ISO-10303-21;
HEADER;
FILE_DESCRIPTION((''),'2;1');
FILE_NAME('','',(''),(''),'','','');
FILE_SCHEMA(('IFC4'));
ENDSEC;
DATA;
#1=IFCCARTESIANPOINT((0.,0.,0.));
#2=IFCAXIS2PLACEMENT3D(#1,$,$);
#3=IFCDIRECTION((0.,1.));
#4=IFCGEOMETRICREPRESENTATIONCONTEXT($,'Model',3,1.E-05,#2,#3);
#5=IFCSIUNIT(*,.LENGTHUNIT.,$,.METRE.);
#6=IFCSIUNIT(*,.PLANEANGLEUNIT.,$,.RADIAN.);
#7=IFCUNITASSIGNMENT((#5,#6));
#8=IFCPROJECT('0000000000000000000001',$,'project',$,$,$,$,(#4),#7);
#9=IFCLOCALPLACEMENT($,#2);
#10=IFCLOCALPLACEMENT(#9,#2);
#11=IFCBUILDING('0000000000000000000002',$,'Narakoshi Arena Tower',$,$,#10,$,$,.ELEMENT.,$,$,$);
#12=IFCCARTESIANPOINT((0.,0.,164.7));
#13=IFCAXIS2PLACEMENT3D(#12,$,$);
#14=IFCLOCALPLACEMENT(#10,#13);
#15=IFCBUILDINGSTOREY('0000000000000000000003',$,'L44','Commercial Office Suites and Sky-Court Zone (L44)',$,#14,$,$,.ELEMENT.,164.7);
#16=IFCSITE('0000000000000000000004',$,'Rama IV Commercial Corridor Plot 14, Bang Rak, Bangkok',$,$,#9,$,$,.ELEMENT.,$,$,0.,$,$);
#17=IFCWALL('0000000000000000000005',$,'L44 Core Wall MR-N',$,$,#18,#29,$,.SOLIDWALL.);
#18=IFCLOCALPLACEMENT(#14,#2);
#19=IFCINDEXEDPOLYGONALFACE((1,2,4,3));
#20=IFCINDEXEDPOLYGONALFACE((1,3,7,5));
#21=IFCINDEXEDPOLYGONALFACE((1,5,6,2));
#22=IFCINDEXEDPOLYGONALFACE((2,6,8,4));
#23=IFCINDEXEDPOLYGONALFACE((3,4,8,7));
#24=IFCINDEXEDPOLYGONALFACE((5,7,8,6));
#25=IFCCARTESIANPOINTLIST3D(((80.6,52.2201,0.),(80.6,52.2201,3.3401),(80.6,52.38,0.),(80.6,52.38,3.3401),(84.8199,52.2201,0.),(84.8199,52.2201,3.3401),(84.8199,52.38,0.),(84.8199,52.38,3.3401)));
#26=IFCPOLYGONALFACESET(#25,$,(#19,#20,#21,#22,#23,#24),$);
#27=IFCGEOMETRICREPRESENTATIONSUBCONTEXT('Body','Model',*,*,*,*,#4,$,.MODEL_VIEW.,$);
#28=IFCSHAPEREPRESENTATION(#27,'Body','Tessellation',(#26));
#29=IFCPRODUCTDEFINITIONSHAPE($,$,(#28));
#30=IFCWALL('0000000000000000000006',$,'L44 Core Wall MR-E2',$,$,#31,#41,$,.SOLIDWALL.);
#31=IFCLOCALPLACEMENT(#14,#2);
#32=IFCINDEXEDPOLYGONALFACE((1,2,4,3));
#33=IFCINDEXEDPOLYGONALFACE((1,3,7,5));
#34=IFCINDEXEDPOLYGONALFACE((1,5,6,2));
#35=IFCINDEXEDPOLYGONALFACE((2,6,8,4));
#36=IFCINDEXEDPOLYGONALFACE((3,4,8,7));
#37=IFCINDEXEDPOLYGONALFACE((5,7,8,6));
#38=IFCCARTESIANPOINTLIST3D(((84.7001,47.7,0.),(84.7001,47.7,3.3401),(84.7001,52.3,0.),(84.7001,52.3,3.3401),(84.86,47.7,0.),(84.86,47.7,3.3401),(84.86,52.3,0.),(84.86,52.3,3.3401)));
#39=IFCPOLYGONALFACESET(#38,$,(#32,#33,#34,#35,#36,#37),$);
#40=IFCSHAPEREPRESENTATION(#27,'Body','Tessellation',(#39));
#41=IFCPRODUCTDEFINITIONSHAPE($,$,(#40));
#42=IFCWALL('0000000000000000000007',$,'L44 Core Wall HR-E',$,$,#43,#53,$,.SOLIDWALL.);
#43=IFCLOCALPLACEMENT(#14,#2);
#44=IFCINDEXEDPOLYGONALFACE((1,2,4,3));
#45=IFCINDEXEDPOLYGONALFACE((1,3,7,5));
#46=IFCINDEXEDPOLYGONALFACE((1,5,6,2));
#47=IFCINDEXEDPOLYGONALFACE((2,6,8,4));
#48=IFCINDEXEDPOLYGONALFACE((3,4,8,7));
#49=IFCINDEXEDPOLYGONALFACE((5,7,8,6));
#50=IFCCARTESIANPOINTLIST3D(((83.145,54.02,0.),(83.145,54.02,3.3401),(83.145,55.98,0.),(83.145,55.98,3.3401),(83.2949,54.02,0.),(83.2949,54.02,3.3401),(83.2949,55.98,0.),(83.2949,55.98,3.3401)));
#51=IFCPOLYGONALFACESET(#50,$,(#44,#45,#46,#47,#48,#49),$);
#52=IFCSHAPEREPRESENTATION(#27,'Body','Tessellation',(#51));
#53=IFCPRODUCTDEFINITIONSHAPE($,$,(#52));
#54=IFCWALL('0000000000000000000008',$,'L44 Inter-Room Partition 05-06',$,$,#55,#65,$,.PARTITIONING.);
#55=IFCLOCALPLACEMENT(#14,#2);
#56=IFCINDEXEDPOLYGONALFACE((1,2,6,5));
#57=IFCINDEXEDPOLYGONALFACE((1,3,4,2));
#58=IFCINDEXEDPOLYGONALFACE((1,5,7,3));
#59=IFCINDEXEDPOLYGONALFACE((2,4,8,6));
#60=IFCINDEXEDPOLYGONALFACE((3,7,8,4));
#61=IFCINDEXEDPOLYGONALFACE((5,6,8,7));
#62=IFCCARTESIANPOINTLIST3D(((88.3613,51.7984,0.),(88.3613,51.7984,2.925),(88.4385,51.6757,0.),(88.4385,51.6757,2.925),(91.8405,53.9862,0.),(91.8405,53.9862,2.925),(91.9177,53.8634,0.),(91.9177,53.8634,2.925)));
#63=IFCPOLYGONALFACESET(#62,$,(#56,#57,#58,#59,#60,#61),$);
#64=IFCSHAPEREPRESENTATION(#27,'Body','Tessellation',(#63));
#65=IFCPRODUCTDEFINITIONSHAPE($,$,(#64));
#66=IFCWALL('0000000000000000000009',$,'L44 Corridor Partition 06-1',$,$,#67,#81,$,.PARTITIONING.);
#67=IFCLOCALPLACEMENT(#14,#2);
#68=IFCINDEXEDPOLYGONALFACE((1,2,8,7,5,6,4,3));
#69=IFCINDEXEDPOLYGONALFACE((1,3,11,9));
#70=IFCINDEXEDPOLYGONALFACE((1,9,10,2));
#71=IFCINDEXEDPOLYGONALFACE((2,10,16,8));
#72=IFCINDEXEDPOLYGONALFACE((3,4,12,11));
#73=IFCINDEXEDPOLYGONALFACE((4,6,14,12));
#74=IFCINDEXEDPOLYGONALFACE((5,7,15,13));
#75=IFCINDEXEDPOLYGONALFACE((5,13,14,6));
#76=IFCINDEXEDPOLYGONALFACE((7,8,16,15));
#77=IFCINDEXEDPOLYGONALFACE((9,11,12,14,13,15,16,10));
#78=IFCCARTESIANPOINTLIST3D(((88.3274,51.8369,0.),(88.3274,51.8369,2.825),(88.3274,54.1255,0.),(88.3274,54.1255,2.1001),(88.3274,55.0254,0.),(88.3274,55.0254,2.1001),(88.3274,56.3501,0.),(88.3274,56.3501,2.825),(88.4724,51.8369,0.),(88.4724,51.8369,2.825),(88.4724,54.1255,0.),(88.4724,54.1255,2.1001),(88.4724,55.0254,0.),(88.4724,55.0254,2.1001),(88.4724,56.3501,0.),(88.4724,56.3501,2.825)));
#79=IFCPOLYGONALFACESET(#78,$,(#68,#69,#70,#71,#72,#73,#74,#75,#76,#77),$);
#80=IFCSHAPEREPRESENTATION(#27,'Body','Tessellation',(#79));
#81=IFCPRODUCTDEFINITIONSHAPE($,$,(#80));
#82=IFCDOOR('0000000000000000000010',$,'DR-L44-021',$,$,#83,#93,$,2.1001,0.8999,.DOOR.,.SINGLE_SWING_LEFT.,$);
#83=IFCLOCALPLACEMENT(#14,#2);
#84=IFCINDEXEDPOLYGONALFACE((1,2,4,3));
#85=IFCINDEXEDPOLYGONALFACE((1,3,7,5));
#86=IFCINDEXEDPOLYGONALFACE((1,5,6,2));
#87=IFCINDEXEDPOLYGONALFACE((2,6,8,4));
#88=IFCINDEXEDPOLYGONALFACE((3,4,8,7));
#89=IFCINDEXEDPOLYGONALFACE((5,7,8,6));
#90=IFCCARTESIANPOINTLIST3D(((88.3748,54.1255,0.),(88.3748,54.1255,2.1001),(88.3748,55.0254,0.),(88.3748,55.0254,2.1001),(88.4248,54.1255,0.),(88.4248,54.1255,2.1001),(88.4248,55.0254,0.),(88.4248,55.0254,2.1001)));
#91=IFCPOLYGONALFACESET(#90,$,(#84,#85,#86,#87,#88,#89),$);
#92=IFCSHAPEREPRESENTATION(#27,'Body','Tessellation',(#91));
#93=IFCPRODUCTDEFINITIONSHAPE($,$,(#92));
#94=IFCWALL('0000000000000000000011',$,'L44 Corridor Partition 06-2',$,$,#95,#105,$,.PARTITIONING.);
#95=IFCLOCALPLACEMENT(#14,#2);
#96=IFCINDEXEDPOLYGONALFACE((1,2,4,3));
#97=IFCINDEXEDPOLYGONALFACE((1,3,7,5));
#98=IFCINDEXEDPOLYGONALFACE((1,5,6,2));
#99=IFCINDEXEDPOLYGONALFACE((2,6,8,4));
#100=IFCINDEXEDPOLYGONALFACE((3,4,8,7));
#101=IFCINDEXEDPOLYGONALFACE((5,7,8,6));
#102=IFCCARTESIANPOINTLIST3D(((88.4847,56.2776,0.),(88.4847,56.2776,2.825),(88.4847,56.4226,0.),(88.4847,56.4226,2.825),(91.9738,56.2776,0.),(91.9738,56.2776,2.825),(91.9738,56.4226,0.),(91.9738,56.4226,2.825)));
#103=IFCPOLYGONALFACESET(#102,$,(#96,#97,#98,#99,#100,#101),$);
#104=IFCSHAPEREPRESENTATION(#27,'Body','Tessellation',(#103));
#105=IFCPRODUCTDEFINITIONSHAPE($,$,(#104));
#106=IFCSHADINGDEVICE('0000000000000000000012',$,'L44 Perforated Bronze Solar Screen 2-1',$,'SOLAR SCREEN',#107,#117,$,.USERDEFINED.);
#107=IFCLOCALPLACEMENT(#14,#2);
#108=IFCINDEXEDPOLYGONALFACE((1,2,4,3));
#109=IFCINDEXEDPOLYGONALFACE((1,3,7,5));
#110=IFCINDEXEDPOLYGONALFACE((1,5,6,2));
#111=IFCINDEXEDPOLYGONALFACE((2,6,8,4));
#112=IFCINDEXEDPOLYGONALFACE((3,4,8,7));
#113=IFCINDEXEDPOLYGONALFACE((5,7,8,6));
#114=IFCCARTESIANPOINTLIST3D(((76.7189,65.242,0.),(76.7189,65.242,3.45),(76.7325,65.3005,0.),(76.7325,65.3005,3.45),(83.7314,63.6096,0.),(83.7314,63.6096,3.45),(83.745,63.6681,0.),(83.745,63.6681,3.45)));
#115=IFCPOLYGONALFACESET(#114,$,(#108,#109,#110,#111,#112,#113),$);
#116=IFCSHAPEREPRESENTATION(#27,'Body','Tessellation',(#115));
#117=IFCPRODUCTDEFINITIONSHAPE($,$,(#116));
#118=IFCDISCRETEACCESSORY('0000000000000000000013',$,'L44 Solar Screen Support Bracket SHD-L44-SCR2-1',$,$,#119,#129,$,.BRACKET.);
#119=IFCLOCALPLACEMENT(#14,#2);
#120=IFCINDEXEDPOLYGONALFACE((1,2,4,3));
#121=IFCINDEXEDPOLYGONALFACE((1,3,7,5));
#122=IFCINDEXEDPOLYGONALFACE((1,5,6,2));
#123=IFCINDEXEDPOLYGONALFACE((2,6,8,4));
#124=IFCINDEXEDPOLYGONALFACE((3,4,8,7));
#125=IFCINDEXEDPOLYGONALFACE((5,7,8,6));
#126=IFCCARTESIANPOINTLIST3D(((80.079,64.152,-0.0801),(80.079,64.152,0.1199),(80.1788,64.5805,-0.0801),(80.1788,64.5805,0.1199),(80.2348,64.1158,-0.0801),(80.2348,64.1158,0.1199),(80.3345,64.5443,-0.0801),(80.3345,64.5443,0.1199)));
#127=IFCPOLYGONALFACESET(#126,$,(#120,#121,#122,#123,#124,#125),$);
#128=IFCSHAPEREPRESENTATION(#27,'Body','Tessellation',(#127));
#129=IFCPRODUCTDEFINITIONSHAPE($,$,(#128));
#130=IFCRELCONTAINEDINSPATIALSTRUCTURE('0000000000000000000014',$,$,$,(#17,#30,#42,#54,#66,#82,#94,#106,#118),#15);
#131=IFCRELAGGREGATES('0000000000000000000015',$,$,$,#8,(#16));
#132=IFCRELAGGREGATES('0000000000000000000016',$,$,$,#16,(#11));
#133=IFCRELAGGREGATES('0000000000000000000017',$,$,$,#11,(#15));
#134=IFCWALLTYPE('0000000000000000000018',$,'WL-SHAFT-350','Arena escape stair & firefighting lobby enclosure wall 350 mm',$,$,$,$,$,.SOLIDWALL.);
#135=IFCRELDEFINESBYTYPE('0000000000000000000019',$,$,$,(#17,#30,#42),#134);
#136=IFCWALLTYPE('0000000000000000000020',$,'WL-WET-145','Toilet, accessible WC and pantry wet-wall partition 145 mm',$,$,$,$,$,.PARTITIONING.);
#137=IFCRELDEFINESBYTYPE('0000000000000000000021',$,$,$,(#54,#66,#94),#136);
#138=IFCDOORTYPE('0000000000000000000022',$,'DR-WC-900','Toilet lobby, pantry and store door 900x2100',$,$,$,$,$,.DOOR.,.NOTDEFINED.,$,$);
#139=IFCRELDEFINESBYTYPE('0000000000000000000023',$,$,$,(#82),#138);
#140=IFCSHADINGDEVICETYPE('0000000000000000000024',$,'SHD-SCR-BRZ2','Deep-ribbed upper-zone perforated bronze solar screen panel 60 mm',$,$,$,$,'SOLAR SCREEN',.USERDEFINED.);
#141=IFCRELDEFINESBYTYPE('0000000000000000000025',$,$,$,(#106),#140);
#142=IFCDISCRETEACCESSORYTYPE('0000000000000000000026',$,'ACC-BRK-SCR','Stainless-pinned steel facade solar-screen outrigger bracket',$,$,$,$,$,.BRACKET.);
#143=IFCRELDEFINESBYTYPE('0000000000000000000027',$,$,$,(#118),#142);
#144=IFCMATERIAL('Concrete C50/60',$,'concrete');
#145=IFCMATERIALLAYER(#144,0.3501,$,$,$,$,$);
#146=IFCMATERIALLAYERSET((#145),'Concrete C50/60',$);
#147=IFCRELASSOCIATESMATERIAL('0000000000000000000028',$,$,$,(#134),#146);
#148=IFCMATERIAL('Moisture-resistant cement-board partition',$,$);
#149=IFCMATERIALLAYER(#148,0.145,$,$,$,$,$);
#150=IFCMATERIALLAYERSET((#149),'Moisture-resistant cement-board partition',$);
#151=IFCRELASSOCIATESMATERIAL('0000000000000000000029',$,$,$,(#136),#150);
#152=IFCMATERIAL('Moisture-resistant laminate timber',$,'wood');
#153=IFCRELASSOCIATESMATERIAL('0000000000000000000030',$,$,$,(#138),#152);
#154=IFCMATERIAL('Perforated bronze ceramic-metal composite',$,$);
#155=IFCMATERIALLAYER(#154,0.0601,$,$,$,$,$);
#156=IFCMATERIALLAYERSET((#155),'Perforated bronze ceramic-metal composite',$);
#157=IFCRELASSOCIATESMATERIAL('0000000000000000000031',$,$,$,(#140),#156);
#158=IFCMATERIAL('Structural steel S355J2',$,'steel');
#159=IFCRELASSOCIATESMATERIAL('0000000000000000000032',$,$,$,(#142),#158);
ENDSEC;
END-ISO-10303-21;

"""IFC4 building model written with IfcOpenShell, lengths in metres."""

from ifc_helpers import new_model, si_unit, direction, frame, frame_2d, origin, origin_2d, place, context, subcontext, project, spatial, rectangle, extrude, material, layer, layer_set, type_object, element, fill, save


model = new_model("IFC4")

# Units and contexts
model_context = context("Model", 3, precision=1e-05, world=origin(), true_north=direction((0.0, 1.0)))
body_context = subcontext(model_context, "Body", "Model", "MODEL_VIEW")
ifc_project = project(units=[si_unit("LENGTHUNIT", "METRE"), si_unit("PLANEANGLEUNIT", "RADIAN")], contexts=[model_context])

# Site, building, storey
site_placement = place(None, origin())
site = spatial("IfcSite", under=ifc_project, at=site_placement, Name="Rama IV Commercial Corridor Plot 14, Bang Rak, Bangkok", CompositionType="ELEMENT", RefElevation=0.0)
building_placement = place(site_placement, origin())
building = spatial("IfcBuilding", under=site, at=building_placement, Name="Narakoshi Arena Tower", CompositionType="ELEMENT")
storey_placement = place(building_placement, frame((0.0, 0.0, 164.7)))
storey = spatial("IfcBuildingStorey", under=building, at=storey_placement, Name="L44", Description="Commercial Office Suites and Sky-Court Zone (L44)", CompositionType="ELEMENT", Elevation=164.7)

# Shared definitions
ifc_material_1 = material(Name="Concrete C50/60", Category="concrete")

# Shared definitions
ifc_material_2 = material(Name="Structural steel S355J2", Category="steel")

# Walls
ifc_layer_1 = layer(ifc_material_1, 0.3501)
ifc_layer_set_1 = layer_set([ifc_layer_1], Name="Concrete C50/60")
wall_type_1 = type_object("IfcWallType", Name="WL-SHAFT-350", Description="Arena escape stair & firefighting lobby enclosure wall 350 mm", PredefinedType="SOLIDWALL", material=ifc_layer_set_1)
wall_1_placement = place(storey_placement, frame((80.6001, 52.3, 0.0), z_axis=(0.0, 0.0, 1.0), x_axis=(1.0, 0.0, 0.0)))
element("IfcWall", 1, at=wall_1_placement, inside=storey, type_object=wall_type_1, Name="L44 Core Wall MR-N", PredefinedType="SOLIDWALL", context=body_context, shape_type="SweptSolid", body=[
    extrude(rectangle(XDim=4.22, YDim=0.1599, at=frame_2d((2.1099, 0.0))), origin(), (0.0, 0.0, 1.0), 3.3401),
])
wall_2_placement = place(storey_placement, frame((84.78, 47.7, 0.0), z_axis=(0.0, 0.0, 1.0), x_axis=(0.0, 1.0, 0.0)))
element("IfcWall", 2, at=wall_2_placement, inside=storey, type_object=wall_type_1, Name="L44 Core Wall MR-E2", PredefinedType="SOLIDWALL", context=body_context, shape_type="SweptSolid", body=[
    extrude(rectangle(XDim=4.6001, YDim=0.1599, at=frame_2d((2.3, 0.0))), origin(), (0.0, 0.0, 1.0), 3.3401),
])
wall_3_placement = place(storey_placement, frame((83.22, 54.02, 0.0), z_axis=(0.0, 0.0, 1.0), x_axis=(0.0, 1.0, 0.0)))
element("IfcWall", 3, at=wall_3_placement, inside=storey, type_object=wall_type_1, Name="L44 Core Wall HR-E", PredefinedType="SOLIDWALL", context=body_context, shape_type="SweptSolid", body=[
    extrude(rectangle(XDim=1.96, YDim=0.1499, at=frame_2d((0.98, 0.0))), origin(), (0.0, 0.0, 1.0), 3.3401),
])
ifc_material_3 = material(Name="Moisture-resistant cement-board partition")
ifc_layer_2 = layer(ifc_material_3, 0.145)
ifc_layer_set_2 = layer_set([ifc_layer_2], Name="Moisture-resistant cement-board partition")
wall_type_2 = type_object("IfcWallType", Name="WL-WET-145", Description="Toilet, accessible WC and pantry wet-wall partition 145 mm", PredefinedType="PARTITIONING", material=ifc_layer_set_2)
wall_4_placement = place(storey_placement, frame((88.3999, 51.7371, 0.0), z_axis=(0.0, 0.0, 1.0), x_axis=(0.84655, 0.532309, 0.0)))
element("IfcWall", 4, at=wall_4_placement, inside=storey, type_object=wall_type_2, Name="L44 Inter-Room Partition 05-06", PredefinedType="PARTITIONING", context=body_context, shape_type="SweptSolid", body=[
    extrude(rectangle(XDim=4.1099, YDim=0.145, at=frame_2d((2.0549, 0.0))), origin(), (0.0, 0.0, 1.0), 2.925),
])

# Wall, opening, door
wall_5_placement = place(storey_placement, frame((88.3999, 51.8369, 0.0), z_axis=(0.0, 0.0, 1.0), x_axis=(0.0, 1.0, 0.0)))
wall_5 = element("IfcWall", 5, at=wall_5_placement, inside=storey, type_object=wall_type_2, Name="L44 Corridor Partition 06-1", PredefinedType="PARTITIONING", context=body_context, shape_type="SweptSolid", body=[
    extrude(rectangle(XDim=4.5132, YDim=0.145, at=frame_2d((2.2566, 0.0))), origin(), (0.0, 0.0, 1.0), 2.825),
])
opening_1_placement = place(wall_5_placement, frame((2.2886, 0.0, 0.0)))
opening_1 = element("IfcOpeningElement", 6, at=opening_1_placement, cuts=wall_5, PredefinedType="OPENING", context=body_context, shape_type="SweptSolid", body=[
    extrude(rectangle(XDim=0.8999, YDim=2.1001, at=frame_2d((0.45, 1.05))), frame((0.0, 0.0825, 0.0), z_axis=(0.0, -1.0, 0.0), x_axis=(1.0, 0.0, 0.0)), (0.0, 0.0, 1.0), 0.165),
])
ifc_material_4 = material(Name="Moisture-resistant laminate timber", Category="wood")
door_type_1 = type_object("IfcDoorType", Name="DR-WC-900", Description="Toilet lobby, pantry and store door 900x2100", OperationType="NOTDEFINED", PredefinedType="DOOR", material=ifc_material_4)
door_1_placement = place(opening_1_placement, frame((0.8999, 0.0, 0.0), z_axis=(0.0, 0.0, 1.0), x_axis=(-1.0, 0.0, 0.0)))
door_1 = element("IfcDoor", 7, at=door_1_placement, inside=storey, type_object=door_type_1, Name="DR-L44-021", OperationType="SINGLE_SWING_LEFT", OverallHeight=2.1001, OverallWidth=0.8999, PredefinedType="DOOR", context=body_context, shape_type="SweptSolid", body=[
    extrude(rectangle(XDim=0.8999, YDim=2.1001, at=frame_2d((0.45, 1.05))), frame((0.0, 0.0249, 0.0), z_axis=(0.0, -1.0, 0.0), x_axis=(1.0, 0.0, 0.0)), (0.0, 0.0, 1.0), 0.05),
])
fill(opening_1, door_1)

# Wall
wall_6_placement = place(storey_placement, frame((88.4846, 56.3501, 0.0), z_axis=(0.0, 0.0, 1.0), x_axis=(1.0, 0.0, 0.0)))
element("IfcWall", 8, at=wall_6_placement, inside=storey, type_object=wall_type_2, Name="L44 Corridor Partition 06-2", PredefinedType="PARTITIONING", context=body_context, shape_type="SweptSolid", body=[
    extrude(rectangle(XDim=3.489, YDim=0.145, at=frame_2d((1.7446, 0.0))), origin(), (0.0, 0.0, 1.0), 2.825),
])

# Shading device
ifc_material_5 = material(Name="Perforated bronze ceramic-metal composite")
ifc_layer_3 = layer(ifc_material_5, 0.0601)
ifc_layer_set_3 = layer_set([ifc_layer_3], Name="Perforated bronze ceramic-metal composite")
shading_device_type = type_object("IfcShadingDeviceType", Name="SHD-SCR-BRZ2", Description="Deep-ribbed upper-zone perforated bronze solar screen panel 60 mm", ElementType="SOLAR SCREEN", PredefinedType="USERDEFINED", material=ifc_layer_set_3)
shading_device_placement = place(storey_placement, frame((80.2319, 64.4551, 0.0), z_axis=(0.0, 0.0, 1.0), x_axis=(-0.97396, 0.226719, 0.0)))
element("IfcShadingDevice", 9, at=shading_device_placement, inside=storey, type_object=shading_device_type, Name="L44 Perforated Bronze Solar Screen 2-1", ObjectType="SOLAR SCREEN", PredefinedType="USERDEFINED", context=body_context, shape_type="SweptSolid", body=[
    extrude(rectangle(XDim=7.2, YDim=0.0601, at=origin_2d()), origin(), (0.0, 0.0, 1.0), 3.45),
])

# Discrete accessory
discrete_accessory_type = type_object("IfcDiscreteAccessoryType", Name="ACC-BRK-SCR", Description="Stainless-pinned steel facade solar-screen outrigger bracket", PredefinedType="BRACKET", material=ifc_material_2)
discrete_accessory_placement = place(storey_placement, frame((80.2068, 64.3481, -0.0801), z_axis=(0.0, 0.0, 1.0), x_axis=(-0.97396, 0.226719, 0.0)))
element("IfcDiscreteAccessory", 10, at=discrete_accessory_placement, inside=storey, type_object=discrete_accessory_type, Name="L44 Solar Screen Support Bracket SHD-L44-SCR2-1", PredefinedType="BRACKET", context=body_context, shape_type="SweptSolid", body=[
    extrude(rectangle(XDim=0.1599, YDim=0.4399, at=origin_2d()), origin(), (0.0, 0.0, 1.0), 0.2),
])

save(model, "model.ifc")
